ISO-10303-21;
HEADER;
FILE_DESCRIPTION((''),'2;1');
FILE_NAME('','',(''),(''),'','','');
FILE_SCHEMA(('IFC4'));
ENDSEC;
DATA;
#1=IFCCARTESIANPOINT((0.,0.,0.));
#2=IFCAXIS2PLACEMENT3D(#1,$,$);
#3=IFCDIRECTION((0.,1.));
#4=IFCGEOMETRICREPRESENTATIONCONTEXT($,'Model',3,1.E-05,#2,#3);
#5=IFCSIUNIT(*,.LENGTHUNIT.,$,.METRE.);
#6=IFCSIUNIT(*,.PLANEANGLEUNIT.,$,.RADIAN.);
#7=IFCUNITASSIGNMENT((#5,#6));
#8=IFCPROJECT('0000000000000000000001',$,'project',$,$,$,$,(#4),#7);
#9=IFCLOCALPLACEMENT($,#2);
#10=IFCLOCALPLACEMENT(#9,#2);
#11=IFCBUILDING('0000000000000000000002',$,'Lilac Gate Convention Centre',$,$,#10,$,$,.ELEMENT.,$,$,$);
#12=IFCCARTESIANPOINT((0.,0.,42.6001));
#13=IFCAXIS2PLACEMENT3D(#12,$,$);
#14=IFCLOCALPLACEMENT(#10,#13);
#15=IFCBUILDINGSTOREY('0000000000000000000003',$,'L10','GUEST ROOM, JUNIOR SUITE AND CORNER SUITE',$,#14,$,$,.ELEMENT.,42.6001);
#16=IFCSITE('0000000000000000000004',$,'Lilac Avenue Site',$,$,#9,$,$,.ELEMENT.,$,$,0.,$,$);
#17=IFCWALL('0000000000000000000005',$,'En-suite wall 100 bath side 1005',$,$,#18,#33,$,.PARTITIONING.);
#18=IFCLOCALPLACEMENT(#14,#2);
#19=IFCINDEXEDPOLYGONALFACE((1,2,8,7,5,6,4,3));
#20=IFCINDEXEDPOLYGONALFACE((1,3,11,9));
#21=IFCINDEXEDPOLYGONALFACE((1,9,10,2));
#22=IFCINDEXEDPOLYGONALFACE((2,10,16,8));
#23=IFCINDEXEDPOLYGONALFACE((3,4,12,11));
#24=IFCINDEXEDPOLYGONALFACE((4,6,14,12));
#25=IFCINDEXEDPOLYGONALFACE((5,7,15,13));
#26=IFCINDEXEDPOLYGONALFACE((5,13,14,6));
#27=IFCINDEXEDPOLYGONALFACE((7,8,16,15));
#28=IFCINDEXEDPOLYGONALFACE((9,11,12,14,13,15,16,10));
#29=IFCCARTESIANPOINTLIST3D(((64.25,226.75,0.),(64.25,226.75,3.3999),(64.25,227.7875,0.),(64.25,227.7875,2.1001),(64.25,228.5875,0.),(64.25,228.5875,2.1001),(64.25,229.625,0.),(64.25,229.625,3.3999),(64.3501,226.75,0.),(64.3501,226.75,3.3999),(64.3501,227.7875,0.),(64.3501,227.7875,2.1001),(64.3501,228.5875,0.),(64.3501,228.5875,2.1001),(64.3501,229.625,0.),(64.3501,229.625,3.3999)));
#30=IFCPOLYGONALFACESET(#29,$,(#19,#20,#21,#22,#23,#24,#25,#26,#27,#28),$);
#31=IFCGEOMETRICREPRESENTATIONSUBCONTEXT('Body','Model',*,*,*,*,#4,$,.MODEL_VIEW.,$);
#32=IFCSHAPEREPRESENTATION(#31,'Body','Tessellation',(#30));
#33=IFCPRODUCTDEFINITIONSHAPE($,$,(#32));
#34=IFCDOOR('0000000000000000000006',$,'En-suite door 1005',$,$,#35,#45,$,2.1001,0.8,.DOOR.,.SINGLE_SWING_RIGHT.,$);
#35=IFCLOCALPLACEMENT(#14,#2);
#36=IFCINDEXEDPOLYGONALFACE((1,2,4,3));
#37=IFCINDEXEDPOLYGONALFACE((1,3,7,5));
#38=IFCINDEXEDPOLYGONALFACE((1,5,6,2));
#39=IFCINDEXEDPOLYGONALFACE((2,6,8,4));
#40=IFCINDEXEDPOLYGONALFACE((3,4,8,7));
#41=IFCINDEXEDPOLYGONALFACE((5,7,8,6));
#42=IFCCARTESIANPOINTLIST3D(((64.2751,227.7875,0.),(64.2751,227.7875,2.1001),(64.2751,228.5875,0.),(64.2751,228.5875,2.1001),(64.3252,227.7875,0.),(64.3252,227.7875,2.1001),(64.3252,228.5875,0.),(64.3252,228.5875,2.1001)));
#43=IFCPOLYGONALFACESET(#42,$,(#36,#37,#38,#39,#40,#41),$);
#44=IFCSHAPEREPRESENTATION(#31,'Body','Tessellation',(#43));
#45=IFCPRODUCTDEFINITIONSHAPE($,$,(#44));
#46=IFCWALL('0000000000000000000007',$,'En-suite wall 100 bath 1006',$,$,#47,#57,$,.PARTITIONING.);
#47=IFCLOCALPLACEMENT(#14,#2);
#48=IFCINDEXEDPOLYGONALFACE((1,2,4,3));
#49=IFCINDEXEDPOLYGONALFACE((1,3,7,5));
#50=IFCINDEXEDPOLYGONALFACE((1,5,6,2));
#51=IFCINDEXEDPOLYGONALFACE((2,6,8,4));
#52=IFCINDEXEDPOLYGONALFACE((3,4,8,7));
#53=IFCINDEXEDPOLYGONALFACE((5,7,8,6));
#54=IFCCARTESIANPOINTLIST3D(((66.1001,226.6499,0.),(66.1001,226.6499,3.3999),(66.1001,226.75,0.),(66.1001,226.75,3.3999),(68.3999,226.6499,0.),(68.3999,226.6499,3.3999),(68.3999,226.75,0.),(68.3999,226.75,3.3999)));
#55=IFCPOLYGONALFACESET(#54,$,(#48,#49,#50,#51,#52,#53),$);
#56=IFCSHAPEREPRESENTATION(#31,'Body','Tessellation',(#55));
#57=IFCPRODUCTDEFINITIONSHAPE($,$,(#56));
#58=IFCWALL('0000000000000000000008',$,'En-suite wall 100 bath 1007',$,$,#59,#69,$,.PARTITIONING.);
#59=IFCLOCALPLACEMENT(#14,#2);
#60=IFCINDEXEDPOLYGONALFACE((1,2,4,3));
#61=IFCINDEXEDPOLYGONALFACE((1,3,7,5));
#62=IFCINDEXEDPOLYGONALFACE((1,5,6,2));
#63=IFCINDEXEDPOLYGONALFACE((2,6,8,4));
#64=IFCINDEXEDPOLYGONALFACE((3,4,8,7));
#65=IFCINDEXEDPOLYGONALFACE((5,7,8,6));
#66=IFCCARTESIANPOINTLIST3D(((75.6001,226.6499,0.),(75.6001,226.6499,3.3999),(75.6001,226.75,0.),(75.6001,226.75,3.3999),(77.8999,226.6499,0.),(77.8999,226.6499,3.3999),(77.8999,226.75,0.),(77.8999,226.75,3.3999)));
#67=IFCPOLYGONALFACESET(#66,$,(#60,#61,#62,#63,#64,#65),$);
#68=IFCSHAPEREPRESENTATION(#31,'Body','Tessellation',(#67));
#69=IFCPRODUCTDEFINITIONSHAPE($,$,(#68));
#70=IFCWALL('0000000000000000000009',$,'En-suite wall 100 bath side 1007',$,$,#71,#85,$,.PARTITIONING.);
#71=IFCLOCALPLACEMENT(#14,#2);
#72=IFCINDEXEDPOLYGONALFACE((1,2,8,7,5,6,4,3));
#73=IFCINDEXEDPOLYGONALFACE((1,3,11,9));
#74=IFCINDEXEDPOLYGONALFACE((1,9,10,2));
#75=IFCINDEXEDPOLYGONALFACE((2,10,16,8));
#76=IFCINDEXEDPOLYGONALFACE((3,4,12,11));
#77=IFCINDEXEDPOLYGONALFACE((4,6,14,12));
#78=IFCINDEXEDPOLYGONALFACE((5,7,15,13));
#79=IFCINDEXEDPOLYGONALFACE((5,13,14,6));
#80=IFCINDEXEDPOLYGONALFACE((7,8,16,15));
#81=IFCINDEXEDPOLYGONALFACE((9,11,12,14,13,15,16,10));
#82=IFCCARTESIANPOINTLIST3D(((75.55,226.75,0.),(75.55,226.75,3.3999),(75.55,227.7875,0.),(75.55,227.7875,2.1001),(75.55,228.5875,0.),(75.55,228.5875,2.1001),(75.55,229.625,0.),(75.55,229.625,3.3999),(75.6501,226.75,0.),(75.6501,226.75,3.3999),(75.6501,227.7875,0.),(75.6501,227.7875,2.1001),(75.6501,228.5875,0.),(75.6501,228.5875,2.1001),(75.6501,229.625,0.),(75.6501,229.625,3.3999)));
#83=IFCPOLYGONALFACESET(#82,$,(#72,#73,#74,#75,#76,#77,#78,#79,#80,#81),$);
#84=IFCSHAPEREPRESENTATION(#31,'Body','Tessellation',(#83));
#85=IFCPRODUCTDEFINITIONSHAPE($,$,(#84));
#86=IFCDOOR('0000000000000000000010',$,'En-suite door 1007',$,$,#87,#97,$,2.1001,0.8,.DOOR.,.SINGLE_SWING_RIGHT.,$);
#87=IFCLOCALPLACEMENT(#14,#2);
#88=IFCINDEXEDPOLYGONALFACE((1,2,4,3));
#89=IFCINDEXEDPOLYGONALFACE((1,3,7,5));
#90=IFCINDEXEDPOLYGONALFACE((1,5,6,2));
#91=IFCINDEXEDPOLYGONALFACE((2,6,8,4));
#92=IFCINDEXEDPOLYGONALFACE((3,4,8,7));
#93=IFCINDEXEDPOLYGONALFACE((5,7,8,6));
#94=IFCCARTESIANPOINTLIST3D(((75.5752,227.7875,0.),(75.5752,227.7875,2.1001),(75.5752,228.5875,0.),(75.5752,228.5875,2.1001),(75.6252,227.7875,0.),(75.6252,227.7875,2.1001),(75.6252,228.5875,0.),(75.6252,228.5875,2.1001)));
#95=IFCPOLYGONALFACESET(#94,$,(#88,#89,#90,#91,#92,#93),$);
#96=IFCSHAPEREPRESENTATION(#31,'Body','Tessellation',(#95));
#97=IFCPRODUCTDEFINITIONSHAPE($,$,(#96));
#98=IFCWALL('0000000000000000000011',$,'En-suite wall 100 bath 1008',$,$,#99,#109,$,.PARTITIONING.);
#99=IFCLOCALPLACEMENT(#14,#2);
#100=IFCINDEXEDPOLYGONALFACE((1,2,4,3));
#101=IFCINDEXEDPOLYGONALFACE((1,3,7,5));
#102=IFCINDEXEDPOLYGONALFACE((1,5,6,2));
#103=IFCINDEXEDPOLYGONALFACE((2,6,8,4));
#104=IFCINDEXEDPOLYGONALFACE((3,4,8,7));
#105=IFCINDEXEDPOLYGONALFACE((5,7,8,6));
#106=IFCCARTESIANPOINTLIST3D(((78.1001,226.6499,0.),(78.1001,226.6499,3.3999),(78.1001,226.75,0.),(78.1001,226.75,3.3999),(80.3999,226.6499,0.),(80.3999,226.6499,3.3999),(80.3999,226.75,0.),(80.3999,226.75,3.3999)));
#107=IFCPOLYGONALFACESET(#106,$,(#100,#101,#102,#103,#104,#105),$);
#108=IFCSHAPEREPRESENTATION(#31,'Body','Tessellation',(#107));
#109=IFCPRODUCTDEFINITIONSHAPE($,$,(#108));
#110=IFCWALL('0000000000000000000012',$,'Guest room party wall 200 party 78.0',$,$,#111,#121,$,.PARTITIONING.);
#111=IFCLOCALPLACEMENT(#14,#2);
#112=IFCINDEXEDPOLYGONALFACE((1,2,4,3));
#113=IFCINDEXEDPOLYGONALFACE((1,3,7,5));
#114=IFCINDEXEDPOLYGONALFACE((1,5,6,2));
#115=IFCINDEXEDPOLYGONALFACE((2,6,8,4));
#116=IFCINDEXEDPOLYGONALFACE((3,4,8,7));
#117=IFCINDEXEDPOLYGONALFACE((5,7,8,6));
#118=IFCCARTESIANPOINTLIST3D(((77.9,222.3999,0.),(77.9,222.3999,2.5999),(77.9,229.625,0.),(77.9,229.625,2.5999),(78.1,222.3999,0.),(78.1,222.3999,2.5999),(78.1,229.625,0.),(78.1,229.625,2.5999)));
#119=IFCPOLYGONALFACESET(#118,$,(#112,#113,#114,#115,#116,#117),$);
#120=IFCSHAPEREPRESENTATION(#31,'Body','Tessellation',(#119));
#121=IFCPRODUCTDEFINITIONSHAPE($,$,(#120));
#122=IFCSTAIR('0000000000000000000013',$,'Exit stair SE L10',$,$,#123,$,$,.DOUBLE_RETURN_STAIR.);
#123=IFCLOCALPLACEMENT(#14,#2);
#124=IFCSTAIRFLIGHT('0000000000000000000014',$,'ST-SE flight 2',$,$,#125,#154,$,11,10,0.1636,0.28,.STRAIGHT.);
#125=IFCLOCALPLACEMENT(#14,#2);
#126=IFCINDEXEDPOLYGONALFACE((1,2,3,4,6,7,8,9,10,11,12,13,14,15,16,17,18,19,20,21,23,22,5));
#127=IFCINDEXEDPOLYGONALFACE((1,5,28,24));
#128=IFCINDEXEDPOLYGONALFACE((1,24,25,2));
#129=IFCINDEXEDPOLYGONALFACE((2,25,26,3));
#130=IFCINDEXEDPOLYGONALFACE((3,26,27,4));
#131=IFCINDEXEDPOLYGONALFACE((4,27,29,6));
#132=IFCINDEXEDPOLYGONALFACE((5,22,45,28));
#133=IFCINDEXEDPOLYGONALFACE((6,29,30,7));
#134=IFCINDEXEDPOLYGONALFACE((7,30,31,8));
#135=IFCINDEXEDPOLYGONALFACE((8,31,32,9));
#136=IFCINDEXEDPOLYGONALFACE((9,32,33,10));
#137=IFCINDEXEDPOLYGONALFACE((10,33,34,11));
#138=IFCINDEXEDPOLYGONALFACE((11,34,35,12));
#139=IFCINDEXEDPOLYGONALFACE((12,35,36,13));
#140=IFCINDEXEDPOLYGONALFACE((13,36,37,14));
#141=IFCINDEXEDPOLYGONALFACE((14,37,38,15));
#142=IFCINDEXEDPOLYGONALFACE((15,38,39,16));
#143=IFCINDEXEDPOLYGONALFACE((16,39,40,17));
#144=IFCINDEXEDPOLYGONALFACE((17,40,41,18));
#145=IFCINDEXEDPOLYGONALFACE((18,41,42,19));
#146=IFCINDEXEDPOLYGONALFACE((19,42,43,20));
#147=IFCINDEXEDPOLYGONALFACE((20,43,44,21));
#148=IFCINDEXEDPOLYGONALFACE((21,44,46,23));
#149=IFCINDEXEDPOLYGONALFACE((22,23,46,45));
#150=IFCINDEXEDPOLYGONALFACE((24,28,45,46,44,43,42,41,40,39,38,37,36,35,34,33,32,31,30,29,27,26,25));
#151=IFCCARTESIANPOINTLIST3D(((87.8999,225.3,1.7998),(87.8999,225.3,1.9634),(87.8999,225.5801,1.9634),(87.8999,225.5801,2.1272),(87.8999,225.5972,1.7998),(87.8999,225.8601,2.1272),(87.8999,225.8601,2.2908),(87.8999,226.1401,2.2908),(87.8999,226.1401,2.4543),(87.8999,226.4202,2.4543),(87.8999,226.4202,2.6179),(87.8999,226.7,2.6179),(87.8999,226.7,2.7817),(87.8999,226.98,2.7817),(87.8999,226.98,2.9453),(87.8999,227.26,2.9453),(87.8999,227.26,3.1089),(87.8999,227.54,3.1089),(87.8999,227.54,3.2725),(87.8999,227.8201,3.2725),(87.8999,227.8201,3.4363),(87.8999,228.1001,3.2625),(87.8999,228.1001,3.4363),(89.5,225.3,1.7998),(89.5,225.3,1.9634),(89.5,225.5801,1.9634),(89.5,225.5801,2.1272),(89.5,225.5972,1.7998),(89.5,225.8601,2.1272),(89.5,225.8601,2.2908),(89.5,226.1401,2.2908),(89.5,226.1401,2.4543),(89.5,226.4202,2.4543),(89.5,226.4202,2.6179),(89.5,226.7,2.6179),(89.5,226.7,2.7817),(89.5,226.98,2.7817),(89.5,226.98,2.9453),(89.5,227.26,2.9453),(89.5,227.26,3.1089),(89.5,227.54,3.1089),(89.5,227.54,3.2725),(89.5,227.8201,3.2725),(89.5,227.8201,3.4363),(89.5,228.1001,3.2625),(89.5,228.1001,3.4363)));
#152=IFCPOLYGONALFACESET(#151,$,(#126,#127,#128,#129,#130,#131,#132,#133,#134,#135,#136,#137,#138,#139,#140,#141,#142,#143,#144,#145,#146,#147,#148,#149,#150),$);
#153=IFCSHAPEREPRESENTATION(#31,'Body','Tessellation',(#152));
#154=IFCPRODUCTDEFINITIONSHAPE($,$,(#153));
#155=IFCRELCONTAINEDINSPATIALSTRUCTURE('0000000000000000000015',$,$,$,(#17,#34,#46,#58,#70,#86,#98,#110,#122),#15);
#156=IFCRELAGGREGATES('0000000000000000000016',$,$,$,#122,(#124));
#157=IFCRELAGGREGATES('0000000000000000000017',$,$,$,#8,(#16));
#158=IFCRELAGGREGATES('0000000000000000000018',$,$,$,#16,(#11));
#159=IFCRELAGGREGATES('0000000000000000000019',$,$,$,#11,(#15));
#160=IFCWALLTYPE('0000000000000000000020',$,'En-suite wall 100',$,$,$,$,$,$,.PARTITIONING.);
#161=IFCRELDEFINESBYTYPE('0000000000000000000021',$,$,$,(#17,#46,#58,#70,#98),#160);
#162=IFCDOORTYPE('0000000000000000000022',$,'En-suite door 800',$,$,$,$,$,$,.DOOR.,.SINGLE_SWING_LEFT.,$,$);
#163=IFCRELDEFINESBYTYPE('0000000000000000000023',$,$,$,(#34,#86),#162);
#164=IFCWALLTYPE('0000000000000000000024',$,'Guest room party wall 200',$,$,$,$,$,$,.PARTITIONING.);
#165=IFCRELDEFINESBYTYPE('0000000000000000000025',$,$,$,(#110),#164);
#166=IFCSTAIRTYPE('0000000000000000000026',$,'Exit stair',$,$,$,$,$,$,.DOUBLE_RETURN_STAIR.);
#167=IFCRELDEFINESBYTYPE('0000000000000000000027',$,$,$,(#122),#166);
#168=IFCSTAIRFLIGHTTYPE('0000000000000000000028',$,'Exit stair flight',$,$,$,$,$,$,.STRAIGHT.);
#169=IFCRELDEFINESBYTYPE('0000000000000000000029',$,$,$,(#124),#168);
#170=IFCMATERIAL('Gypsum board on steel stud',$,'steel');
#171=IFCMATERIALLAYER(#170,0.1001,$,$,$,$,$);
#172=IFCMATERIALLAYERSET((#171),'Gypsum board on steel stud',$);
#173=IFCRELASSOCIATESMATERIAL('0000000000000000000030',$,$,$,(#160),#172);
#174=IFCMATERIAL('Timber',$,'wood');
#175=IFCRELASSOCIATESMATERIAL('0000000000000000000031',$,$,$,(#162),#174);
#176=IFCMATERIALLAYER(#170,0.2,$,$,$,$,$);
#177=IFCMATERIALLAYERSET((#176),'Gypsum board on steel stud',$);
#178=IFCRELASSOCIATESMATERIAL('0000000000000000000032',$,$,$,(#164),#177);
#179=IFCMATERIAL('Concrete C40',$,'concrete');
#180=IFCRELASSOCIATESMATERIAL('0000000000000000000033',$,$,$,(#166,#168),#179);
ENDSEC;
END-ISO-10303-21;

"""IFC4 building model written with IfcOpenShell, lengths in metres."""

from ifc_helpers import new_model, si_unit, direction, frame, frame_2d, origin, place, context, subcontext, project, spatial, polyline, rectangle, outline, extrude, material, layer, layer_set, type_object, element, fill, aggregate, save


model = new_model("IFC4")

# Units and contexts
model_context = context("Model", 3, precision=1e-05, world=origin(), true_north=direction((0.0, 1.0)))
body_context = subcontext(model_context, "Body", "Model", "MODEL_VIEW")
ifc_project = project(units=[si_unit("LENGTHUNIT", "METRE"), si_unit("PLANEANGLEUNIT", "RADIAN")], contexts=[model_context])

# Site, building, storey
site_placement = place(None, origin())
site = spatial("IfcSite", under=ifc_project, at=site_placement, Name="Lilac Avenue Site", CompositionType="ELEMENT", RefElevation=0.0)
building_placement = place(site_placement, origin())
building = spatial("IfcBuilding", under=site, at=building_placement, Name="Lilac Gate Convention Centre", CompositionType="ELEMENT")
storey_placement = place(building_placement, frame((0.0, 0.0, 42.6001)))
storey = spatial("IfcBuildingStorey", under=building, at=storey_placement, Name="L10", Description="GUEST ROOM, JUNIOR SUITE AND CORNER SUITE", CompositionType="ELEMENT", Elevation=42.6001)

# Shared definitions
ifc_material_1 = material(Name="Gypsum board on steel stud", Category="steel")
ifc_layer_1 = layer(ifc_material_1, 0.1001)
ifc_layer_set_1 = layer_set([ifc_layer_1], Name="Gypsum board on steel stud")
wall_type_1 = type_object("IfcWallType", Name="En-suite wall 100", PredefinedType="PARTITIONING", material=ifc_layer_set_1)

# Shared definitions
ifc_material_2 = material(Name="Timber", Category="wood")
door_type = type_object("IfcDoorType", Name="En-suite door 800", OperationType="SINGLE_SWING_LEFT", PredefinedType="DOOR", material=ifc_material_2)

# Wall, opening, door
wall_1_placement = place(storey_placement, frame((64.3, 226.75, 0.0), z_axis=(0.0, 0.0, 1.0), x_axis=(0.0, 1.0, 0.0)))
wall_1 = element("IfcWall", 1, at=wall_1_placement, inside=storey, type_object=wall_type_1, Name="En-suite wall 100 bath side 1005", PredefinedType="PARTITIONING", context=body_context, shape_type="SweptSolid", body=[
    extrude(rectangle(XDim=2.875, YDim=0.1001, at=frame_2d((1.4375, 0.0))), origin(), (0.0, 0.0, 1.0), 3.3999),
])
opening_1_placement = place(wall_1_placement, frame((1.0376, 0.0, 0.0)))
opening_1 = element("IfcOpeningElement", 2, at=opening_1_placement, cuts=wall_1, PredefinedType="OPENING", context=body_context, shape_type="SweptSolid", body=[
    extrude(rectangle(XDim=0.8, YDim=2.1001, at=frame_2d((0.3999, 1.05))), frame((0.0, 0.0601, 0.0), z_axis=(0.0, -1.0, 0.0), x_axis=(1.0, 0.0, 0.0)), (0.0, 0.0, 1.0), 0.1201),
])
door_1_placement = place(opening_1_placement, origin())
door_1 = element("IfcDoor", 3, at=door_1_placement, inside=storey, type_object=door_type, Name="En-suite door 1005", OperationType="SINGLE_SWING_RIGHT", OverallHeight=2.1001, OverallWidth=0.8, PredefinedType="DOOR", context=body_context, shape_type="SweptSolid", body=[
    extrude(rectangle(XDim=0.8, YDim=2.1001, at=frame_2d((0.3999, 1.05))), frame((0.0, 0.0249, 0.0), z_axis=(0.0, -1.0, 0.0), x_axis=(1.0, 0.0, 0.0)), (0.0, 0.0, 1.0), 0.05),
])
fill(opening_1, door_1)

# Walls
for number, where, z_axis, x_axis, name in (
    (4, (66.1001, 226.7, 0.0), (0.0, 0.0, 1.0), (1.0, 0.0, 0.0), "En-suite wall 100 bath 1006"),
    (5, (75.6001, 226.7, 0.0), (0.0, 0.0, 1.0), (1.0, 0.0, 0.0), "En-suite wall 100 bath 1007"),
):
    element("IfcWall", number, at=place(storey_placement, frame(where, z_axis=z_axis, x_axis=x_axis)), inside=storey, type_object=wall_type_1, Name=name, PredefinedType="PARTITIONING", context=body_context, shape_type="SweptSolid", body=[
        extrude(rectangle(XDim=2.2998, YDim=0.1001, at=frame_2d((1.1499, 0.0))), origin(), (0.0, 0.0, 1.0), 3.3999),
    ])

# Wall, opening, door
wall_2_placement = place(storey_placement, frame((75.6001, 226.75, 0.0), z_axis=(0.0, 0.0, 1.0), x_axis=(0.0, 1.0, 0.0)))
wall_2 = element("IfcWall", 6, at=wall_2_placement, inside=storey, type_object=wall_type_1, Name="En-suite wall 100 bath side 1007", PredefinedType="PARTITIONING", context=body_context, shape_type="SweptSolid", body=[
    extrude(rectangle(XDim=2.875, YDim=0.1001, at=frame_2d((1.4375, 0.0))), origin(), (0.0, 0.0, 1.0), 3.3999),
])
opening_2_placement = place(wall_2_placement, frame((1.0376, 0.0, 0.0)))
opening_2 = element("IfcOpeningElement", 7, at=opening_2_placement, cuts=wall_2, PredefinedType="OPENING", context=body_context, shape_type="SweptSolid", body=[
    extrude(rectangle(XDim=0.8, YDim=2.1001, at=frame_2d((0.3999, 1.05))), frame((0.0, 0.0601, 0.0), z_axis=(0.0, -1.0, 0.0), x_axis=(1.0, 0.0, 0.0)), (0.0, 0.0, 1.0), 0.1201),
])
door_2_placement = place(opening_2_placement, origin())
door_2 = element("IfcDoor", 8, at=door_2_placement, inside=storey, type_object=door_type, Name="En-suite door 1007", OperationType="SINGLE_SWING_RIGHT", OverallHeight=2.1001, OverallWidth=0.8, PredefinedType="DOOR", context=body_context, shape_type="SweptSolid", body=[
    extrude(rectangle(XDim=0.8, YDim=2.1001, at=frame_2d((0.3999, 1.05))), frame((0.0, 0.0249, 0.0), z_axis=(0.0, -1.0, 0.0), x_axis=(1.0, 0.0, 0.0)), (0.0, 0.0, 1.0), 0.05),
])
fill(opening_2, door_2)

# Walls
wall_3_placement = place(storey_placement, frame((78.1001, 226.7, 0.0), z_axis=(0.0, 0.0, 1.0), x_axis=(1.0, 0.0, 0.0)))
element("IfcWall", 9, at=wall_3_placement, inside=storey, type_object=wall_type_1, Name="En-suite wall 100 bath 1008", PredefinedType="PARTITIONING", context=body_context, shape_type="SweptSolid", body=[
    extrude(rectangle(XDim=2.2998, YDim=0.1001, at=frame_2d((1.1499, 0.0))), origin(), (0.0, 0.0, 1.0), 3.3999),
])
ifc_layer_2 = layer(ifc_material_1, 0.2)
ifc_layer_set_2 = layer_set([ifc_layer_2], Name="Gypsum board on steel stud")
wall_type_2 = type_object("IfcWallType", Name="Guest room party wall 200", PredefinedType="PARTITIONING", material=ifc_layer_set_2)
wall_4_placement = place(storey_placement, frame((78.0, 222.3999, 0.0), z_axis=(0.0, 0.0, 1.0), x_axis=(0.0, 1.0, 0.0)))
element("IfcWall", 10, at=wall_4_placement, inside=storey, type_object=wall_type_2, Name="Guest room party wall 200 party 78.0", PredefinedType="PARTITIONING", context=body_context, shape_type="SweptSolid", body=[
    extrude(rectangle(XDim=7.2251, YDim=0.2, at=frame_2d((3.6125, 0.0))), origin(), (0.0, 0.0, 1.0), 2.5999),
])

# Stair, stair flight
ifc_material_3 = material(Name="Concrete C40", Category="concrete")
stair_type = type_object("IfcStairType", Name="Exit stair", PredefinedType="DOUBLE_RETURN_STAIR", material=ifc_material_3)
stair_placement = place(storey_placement, origin())
stair = element("IfcStair", 11, at=stair_placement, inside=storey, type_object=stair_type, Name="Exit stair SE L10", PredefinedType="DOUBLE_RETURN_STAIR")
stair_flight_type = type_object("IfcStairFlightType", Name="Exit stair flight", PredefinedType="STRAIGHT", material=ifc_material_3)
stair_flight_placement = place(storey_placement, frame((88.7, 225.3, 1.7998), z_axis=(0.0, 0.0, 1.0), x_axis=(0.0, 1.0, 0.0)))
stair_flight = element("IfcStairFlight", 12, at=stair_flight_placement, type_object=stair_flight_type, Name="ST-SE flight 2", NumberOfRisers=11, NumberOfTreads=10, PredefinedType="STRAIGHT", RiserHeight=0.1636, TreadLength=0.28, context=body_context, shape_type="SweptSolid", body=[
    extrude(outline(polyline([(0.0, 0.0), (0.0, 0.1636), (0.28, 0.1636), (0.28, 0.3274), (0.5601, 0.3274), (0.5601, 0.491), (0.8401, 0.491), (0.8401, 0.6545), (1.1201, 0.6545), (1.1201, 0.8181), (1.3999, 0.8181), (1.3999, 0.9819), (1.6799, 0.9819), (1.6799, 1.1455), (1.96, 1.1455), (1.96, 1.3091), (2.24, 1.3091), (2.24, 1.4727), (2.52, 1.4727), (2.52, 1.6365), (2.8, 1.6365), (2.8, 1.8), (2.8, 1.4626), (0.2971, 0.0), (0.0, 0.0)])), frame((0.0, 0.8, 0.0), z_axis=(0.0, -1.0, 0.0), x_axis=(1.0, 0.0, 0.0)), (0.0, 0.0, 1.0), 1.6001),
])
aggregate(stair, [stair_flight])

save(model, "model.ifc")
